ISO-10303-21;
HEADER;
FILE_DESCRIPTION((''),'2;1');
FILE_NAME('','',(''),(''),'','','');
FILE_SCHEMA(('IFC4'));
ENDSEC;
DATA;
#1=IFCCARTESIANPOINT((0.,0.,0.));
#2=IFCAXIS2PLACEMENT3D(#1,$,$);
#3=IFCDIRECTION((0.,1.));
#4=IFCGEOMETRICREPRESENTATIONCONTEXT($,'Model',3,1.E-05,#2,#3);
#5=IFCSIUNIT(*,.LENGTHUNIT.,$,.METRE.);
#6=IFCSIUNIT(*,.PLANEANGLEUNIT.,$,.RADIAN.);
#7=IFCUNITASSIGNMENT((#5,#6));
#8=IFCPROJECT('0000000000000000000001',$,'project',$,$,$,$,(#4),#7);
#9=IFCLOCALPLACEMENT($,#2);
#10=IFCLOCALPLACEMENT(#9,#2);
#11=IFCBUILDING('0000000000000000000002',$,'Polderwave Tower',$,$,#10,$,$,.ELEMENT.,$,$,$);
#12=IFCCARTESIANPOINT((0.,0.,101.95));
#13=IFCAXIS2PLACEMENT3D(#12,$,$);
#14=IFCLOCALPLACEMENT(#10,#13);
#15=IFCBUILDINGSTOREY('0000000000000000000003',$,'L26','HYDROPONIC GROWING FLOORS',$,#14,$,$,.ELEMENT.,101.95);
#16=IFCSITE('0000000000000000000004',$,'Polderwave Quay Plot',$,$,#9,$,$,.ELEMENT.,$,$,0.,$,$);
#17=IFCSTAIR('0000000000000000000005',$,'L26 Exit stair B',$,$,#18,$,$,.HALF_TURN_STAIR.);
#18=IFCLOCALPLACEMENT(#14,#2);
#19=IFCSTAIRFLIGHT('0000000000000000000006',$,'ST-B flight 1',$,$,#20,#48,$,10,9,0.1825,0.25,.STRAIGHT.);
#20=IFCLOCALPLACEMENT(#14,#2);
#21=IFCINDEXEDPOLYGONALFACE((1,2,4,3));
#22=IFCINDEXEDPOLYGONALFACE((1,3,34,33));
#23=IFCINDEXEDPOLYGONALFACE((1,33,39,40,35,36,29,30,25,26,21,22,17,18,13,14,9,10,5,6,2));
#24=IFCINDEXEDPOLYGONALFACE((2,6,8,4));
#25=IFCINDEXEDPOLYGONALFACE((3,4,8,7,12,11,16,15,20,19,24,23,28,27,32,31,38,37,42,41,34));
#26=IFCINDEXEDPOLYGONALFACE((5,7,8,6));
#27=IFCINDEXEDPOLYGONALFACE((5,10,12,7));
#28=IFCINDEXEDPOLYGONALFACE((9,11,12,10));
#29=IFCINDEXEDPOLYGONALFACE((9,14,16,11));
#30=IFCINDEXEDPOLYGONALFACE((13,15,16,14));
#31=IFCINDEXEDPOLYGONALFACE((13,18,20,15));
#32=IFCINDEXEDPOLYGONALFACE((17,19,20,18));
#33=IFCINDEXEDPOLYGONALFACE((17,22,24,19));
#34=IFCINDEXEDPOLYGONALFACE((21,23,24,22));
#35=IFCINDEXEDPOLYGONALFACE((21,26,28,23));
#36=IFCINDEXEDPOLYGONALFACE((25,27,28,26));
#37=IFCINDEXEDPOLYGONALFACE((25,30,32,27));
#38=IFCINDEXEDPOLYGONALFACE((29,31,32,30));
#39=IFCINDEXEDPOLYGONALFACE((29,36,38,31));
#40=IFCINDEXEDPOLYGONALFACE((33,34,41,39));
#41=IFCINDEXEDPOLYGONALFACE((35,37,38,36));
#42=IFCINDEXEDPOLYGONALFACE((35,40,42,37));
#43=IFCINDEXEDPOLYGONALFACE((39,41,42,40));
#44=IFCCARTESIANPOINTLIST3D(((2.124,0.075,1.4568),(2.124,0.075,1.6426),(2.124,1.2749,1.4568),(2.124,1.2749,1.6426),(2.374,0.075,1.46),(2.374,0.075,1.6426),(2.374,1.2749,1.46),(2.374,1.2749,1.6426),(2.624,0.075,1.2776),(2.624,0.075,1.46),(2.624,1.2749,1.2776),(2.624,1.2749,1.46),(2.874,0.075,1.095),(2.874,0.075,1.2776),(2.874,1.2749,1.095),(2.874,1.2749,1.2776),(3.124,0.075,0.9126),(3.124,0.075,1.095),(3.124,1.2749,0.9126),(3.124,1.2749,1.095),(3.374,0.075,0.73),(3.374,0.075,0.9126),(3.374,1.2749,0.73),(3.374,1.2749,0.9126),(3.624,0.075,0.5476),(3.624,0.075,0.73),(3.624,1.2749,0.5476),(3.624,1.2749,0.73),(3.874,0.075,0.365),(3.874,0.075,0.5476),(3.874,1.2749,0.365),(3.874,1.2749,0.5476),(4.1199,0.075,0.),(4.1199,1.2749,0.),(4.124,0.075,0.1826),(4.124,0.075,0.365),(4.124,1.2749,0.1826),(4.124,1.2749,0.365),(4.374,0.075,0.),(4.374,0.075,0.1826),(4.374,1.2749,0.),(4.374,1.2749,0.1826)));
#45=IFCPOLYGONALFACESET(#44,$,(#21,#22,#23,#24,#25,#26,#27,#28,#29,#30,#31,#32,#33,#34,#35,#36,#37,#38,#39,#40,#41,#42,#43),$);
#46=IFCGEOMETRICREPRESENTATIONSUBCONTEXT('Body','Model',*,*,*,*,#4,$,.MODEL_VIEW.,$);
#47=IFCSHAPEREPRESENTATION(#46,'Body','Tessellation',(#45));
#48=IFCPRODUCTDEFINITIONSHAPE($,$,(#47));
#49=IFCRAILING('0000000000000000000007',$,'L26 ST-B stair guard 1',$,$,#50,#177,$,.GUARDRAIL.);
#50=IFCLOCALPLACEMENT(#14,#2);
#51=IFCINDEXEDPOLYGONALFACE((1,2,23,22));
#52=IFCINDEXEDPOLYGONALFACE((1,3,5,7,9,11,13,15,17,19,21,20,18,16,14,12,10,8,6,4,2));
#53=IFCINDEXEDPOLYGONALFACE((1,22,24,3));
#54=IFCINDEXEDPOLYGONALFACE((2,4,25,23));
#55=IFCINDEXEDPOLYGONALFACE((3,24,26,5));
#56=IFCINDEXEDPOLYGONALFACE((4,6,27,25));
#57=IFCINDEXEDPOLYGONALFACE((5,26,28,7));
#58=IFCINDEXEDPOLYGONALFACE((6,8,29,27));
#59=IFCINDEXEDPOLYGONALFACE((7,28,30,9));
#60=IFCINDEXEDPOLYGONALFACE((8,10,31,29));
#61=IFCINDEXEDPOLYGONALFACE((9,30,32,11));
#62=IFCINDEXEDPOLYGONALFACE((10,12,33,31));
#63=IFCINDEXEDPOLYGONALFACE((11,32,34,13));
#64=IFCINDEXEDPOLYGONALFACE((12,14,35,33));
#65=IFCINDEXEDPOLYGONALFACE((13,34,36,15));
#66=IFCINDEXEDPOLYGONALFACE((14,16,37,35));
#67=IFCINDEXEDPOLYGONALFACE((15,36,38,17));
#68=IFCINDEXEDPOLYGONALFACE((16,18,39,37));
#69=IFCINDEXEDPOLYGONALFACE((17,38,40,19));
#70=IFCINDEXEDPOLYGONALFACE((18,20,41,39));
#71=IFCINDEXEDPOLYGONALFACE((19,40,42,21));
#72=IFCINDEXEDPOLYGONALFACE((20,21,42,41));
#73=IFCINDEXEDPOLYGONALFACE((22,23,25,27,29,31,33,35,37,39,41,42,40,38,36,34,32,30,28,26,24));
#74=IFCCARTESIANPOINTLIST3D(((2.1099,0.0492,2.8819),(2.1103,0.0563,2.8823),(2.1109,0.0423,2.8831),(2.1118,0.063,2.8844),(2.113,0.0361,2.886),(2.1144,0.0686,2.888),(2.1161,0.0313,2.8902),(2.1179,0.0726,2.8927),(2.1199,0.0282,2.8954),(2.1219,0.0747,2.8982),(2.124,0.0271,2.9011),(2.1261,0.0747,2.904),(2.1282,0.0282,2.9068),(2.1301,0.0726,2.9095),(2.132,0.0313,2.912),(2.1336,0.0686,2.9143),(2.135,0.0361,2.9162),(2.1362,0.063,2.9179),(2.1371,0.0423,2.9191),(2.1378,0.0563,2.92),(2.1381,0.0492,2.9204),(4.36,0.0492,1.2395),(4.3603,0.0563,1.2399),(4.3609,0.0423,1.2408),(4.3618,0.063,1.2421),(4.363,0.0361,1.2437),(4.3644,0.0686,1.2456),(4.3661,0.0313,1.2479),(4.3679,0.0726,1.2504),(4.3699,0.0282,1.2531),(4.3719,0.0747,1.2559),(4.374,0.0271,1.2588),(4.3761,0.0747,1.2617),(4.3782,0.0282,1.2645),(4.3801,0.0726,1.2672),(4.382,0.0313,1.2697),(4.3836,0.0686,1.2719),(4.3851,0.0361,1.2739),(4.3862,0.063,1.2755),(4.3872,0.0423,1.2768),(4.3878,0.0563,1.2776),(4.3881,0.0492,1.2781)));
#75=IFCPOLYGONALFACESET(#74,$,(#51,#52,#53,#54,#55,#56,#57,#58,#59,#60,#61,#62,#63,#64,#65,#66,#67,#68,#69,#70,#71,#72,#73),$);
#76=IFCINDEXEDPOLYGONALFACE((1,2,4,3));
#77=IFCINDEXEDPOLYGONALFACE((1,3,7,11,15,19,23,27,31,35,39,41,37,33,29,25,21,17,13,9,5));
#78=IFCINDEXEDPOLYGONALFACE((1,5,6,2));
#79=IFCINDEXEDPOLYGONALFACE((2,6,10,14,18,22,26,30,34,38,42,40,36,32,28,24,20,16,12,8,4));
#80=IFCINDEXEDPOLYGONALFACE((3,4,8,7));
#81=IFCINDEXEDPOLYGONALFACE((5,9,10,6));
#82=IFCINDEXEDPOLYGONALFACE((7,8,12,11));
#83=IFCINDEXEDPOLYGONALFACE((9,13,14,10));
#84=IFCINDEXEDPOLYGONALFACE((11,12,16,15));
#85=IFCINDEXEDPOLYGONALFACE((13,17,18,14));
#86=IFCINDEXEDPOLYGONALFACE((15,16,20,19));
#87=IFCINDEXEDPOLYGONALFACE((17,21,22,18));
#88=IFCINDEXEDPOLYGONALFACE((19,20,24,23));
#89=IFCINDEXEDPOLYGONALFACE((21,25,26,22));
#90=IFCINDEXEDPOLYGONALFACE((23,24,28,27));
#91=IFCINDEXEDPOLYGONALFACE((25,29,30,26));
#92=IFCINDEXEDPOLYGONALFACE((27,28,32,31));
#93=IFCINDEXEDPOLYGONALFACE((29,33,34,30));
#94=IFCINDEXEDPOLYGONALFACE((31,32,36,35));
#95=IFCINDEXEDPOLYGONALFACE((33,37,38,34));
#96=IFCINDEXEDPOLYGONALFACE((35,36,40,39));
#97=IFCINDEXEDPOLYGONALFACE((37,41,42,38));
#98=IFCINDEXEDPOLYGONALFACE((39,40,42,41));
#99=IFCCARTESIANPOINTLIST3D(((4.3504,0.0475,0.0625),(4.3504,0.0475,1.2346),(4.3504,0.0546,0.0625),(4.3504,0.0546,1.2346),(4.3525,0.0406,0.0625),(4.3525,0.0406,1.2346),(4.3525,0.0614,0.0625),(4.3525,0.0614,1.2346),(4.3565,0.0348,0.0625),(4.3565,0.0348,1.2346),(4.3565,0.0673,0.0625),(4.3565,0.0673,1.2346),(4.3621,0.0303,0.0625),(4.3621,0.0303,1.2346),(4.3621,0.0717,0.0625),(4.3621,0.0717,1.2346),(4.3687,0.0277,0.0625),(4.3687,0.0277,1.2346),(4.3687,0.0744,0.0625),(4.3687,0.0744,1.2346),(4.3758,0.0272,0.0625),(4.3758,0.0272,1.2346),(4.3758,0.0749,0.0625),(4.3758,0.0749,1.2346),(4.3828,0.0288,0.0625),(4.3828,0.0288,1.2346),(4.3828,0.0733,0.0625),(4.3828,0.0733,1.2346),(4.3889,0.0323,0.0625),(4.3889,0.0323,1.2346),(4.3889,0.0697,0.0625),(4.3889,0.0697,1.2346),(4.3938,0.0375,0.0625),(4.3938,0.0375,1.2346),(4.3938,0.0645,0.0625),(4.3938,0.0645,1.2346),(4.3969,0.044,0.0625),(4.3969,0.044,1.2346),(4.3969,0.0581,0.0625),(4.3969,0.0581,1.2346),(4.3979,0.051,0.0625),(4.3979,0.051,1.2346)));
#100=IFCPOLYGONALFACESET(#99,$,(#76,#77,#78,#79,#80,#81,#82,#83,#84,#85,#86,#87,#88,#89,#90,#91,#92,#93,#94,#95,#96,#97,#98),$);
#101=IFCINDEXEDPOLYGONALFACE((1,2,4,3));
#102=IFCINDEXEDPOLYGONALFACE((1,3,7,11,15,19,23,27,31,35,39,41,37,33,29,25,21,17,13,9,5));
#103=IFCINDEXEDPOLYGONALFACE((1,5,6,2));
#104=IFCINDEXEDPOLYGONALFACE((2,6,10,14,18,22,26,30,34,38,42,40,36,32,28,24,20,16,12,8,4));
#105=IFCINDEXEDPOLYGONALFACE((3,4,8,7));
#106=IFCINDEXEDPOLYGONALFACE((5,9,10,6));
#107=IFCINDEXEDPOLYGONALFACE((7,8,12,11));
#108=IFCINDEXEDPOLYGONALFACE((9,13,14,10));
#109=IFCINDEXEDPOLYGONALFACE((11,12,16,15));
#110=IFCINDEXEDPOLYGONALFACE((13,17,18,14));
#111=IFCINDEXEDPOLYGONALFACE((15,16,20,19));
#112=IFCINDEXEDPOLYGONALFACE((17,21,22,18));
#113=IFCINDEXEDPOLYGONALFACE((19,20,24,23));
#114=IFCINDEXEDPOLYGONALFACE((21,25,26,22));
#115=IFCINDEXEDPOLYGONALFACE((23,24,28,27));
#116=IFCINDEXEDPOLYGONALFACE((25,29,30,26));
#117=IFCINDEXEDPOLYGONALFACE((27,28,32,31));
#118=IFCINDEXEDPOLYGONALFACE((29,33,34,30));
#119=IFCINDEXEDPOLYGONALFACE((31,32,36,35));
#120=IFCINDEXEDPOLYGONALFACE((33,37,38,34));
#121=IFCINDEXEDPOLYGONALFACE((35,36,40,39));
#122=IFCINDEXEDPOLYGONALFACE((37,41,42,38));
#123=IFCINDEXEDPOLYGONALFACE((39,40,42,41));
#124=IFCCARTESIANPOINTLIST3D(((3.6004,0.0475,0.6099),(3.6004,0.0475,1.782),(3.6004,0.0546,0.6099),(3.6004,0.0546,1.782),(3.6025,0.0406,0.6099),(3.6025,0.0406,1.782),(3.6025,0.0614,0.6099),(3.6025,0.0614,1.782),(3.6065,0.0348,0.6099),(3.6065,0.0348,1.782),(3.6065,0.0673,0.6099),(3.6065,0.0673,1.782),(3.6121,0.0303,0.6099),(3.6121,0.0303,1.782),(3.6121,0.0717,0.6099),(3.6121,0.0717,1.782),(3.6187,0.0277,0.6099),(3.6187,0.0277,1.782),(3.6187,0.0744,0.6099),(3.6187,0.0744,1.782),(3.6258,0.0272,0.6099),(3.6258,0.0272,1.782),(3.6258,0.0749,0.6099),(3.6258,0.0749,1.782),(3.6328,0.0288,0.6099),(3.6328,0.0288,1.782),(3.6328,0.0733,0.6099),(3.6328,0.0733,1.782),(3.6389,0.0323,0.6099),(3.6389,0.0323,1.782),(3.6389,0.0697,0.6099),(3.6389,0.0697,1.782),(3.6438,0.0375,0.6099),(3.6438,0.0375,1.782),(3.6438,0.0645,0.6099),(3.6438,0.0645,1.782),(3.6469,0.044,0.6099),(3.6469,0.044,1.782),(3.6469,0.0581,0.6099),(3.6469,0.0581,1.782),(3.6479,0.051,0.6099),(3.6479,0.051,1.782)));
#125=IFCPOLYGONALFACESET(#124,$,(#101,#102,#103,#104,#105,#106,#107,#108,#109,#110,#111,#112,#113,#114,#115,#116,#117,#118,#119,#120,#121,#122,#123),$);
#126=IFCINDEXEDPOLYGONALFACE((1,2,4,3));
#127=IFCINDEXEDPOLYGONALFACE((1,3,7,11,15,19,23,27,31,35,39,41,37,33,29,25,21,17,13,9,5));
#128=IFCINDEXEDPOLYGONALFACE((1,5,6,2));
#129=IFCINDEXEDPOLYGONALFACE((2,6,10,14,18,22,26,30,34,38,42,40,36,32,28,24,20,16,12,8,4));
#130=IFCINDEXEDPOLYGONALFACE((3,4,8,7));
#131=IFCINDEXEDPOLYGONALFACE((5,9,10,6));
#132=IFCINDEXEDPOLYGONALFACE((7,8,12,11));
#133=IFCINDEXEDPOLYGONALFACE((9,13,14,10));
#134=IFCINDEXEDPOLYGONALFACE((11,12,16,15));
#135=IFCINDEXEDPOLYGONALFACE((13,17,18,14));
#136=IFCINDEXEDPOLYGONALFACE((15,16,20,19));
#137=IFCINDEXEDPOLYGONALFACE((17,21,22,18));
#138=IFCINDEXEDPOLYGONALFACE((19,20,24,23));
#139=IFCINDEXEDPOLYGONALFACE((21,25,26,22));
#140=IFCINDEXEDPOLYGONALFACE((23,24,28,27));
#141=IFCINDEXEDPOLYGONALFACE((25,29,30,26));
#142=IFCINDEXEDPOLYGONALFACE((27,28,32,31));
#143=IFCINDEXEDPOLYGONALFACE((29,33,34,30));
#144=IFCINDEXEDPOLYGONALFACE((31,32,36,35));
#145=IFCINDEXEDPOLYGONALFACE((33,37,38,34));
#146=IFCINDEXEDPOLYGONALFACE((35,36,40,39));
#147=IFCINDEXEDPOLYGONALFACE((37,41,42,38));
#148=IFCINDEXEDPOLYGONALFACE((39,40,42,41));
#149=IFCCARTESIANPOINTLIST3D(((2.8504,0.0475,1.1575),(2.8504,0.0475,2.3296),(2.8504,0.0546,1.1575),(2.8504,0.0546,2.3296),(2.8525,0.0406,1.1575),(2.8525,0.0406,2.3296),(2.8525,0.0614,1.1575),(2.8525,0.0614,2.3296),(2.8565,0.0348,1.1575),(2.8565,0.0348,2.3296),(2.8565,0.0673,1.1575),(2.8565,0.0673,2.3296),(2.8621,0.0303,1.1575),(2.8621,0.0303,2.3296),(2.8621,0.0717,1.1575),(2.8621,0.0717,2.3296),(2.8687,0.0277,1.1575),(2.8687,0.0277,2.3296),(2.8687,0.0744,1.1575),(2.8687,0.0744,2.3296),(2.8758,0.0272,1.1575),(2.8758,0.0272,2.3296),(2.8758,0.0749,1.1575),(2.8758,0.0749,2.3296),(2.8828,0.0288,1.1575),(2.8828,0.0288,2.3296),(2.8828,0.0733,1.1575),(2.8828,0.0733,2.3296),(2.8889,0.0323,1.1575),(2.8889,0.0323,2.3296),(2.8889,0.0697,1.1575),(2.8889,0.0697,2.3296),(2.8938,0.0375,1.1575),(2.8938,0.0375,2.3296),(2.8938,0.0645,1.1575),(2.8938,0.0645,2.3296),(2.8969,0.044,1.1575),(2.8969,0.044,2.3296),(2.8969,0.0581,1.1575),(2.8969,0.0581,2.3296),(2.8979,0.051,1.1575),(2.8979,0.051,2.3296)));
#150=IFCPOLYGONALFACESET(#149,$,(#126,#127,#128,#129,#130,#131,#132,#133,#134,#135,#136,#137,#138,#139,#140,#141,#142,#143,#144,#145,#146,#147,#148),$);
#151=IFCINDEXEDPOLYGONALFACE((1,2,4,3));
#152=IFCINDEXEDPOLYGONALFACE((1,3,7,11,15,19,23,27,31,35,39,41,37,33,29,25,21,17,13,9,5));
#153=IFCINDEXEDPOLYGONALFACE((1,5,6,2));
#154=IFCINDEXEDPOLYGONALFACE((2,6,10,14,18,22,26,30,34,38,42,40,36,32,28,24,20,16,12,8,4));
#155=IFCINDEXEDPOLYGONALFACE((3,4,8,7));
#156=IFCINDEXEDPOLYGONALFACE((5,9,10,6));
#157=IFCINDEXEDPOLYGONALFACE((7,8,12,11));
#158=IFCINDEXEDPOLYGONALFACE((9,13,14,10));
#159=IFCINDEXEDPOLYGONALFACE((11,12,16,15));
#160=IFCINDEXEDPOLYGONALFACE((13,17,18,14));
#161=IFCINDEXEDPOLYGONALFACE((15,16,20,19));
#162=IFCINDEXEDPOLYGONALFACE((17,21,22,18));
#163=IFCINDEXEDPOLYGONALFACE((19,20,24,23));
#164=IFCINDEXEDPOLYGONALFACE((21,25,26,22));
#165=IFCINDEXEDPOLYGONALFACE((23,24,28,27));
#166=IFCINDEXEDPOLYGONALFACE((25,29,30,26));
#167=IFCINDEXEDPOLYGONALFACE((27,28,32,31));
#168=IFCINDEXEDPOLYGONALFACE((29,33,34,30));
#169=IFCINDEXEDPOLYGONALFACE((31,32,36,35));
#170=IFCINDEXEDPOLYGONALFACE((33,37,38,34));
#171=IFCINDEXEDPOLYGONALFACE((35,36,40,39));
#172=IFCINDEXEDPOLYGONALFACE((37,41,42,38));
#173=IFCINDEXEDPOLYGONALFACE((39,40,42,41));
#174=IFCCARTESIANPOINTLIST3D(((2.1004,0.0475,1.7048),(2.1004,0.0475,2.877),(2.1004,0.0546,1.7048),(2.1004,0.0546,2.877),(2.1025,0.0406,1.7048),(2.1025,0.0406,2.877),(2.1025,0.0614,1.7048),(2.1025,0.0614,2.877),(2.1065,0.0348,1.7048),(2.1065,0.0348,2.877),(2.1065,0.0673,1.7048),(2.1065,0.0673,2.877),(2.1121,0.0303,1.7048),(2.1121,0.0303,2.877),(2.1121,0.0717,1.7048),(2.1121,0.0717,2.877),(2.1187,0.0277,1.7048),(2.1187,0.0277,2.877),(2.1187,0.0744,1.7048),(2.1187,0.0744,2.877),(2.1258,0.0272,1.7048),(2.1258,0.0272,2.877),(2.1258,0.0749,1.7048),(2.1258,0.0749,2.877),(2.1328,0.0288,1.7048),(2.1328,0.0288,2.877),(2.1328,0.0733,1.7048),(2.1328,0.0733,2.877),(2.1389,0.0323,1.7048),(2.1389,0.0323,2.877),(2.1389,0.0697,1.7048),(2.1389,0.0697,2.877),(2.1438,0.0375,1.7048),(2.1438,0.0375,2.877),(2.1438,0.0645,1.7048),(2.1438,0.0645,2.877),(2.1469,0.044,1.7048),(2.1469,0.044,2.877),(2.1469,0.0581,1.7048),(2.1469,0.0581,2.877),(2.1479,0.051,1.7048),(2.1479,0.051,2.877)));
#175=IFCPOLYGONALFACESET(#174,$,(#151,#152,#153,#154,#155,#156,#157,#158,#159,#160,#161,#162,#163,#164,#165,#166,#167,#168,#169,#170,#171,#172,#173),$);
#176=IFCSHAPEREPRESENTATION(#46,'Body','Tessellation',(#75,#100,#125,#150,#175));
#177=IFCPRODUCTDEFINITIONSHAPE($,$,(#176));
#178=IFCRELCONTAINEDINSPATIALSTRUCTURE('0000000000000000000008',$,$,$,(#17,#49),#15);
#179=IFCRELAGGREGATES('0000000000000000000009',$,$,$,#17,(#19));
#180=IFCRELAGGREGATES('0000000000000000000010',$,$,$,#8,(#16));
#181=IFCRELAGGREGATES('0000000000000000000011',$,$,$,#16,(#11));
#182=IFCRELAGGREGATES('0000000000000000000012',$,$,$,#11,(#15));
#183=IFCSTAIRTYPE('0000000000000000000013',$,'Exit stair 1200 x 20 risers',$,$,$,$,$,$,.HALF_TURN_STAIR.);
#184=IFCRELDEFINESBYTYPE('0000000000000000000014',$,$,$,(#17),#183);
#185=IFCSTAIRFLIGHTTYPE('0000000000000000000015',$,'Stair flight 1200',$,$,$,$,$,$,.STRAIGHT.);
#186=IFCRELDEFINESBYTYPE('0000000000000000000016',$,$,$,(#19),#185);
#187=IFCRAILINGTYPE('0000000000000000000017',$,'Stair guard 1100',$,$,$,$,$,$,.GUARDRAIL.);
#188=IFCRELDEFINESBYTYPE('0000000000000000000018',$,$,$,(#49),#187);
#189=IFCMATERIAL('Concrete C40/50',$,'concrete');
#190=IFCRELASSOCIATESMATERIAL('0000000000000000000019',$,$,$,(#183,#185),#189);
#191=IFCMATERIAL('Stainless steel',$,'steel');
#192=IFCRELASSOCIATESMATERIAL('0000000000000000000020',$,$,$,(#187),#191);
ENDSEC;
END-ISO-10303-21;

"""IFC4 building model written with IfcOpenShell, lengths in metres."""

from ifc_helpers import new_model, si_unit, direction, frame, origin, origin_2d, place, context, subcontext, project, spatial, polyline, circle, outline, extrude, material, type_object, element, aggregate, save


model = new_model("IFC4")

# Units and contexts
model_context = context("Model", 3, precision=1e-05, world=origin(), true_north=direction((0.0, 1.0)))
body_context = subcontext(model_context, "Body", "Model", "MODEL_VIEW")
ifc_project = project(units=[si_unit("LENGTHUNIT", "METRE"), si_unit("PLANEANGLEUNIT", "RADIAN")], contexts=[model_context])

# Site, building, storey
site_placement = place(None, origin())
site = spatial("IfcSite", under=ifc_project, at=site_placement, Name="Polderwave Quay Plot", CompositionType="ELEMENT", RefElevation=0.0)
building_placement = place(site_placement, origin())
building = spatial("IfcBuilding", under=site, at=building_placement, Name="Polderwave Tower", CompositionType="ELEMENT")
storey_placement = place(building_placement, frame((0.0, 0.0, 101.95)))
storey = spatial("IfcBuildingStorey", under=building, at=storey_placement, Name="L26", Description="HYDROPONIC GROWING FLOORS", CompositionType="ELEMENT", Elevation=101.95)

# Stair, stair flight
ifc_material_1 = material(Name="Concrete C40/50", Category="concrete")
stair_type = type_object("IfcStairType", Name="Exit stair 1200 x 20 risers", PredefinedType="HALF_TURN_STAIR", material=ifc_material_1)
stair_placement = place(storey_placement, origin())
stair = element("IfcStair", 1, at=stair_placement, inside=storey, type_object=stair_type, Name="L26 Exit stair B", PredefinedType="HALF_TURN_STAIR")
stair_flight_type = type_object("IfcStairFlightType", Name="Stair flight 1200", PredefinedType="STRAIGHT", material=ifc_material_1)
stair_flight_placement = place(storey_placement, frame((4.374, 0.675, 0.0), z_axis=(0.0, 0.0, 1.0), x_axis=(-1.0, 0.0, 0.0)))
stair_flight = element("IfcStairFlight", 2, at=stair_flight_placement, type_object=stair_flight_type, Name="ST-B flight 1", NumberOfRisers=10, NumberOfTreads=9, PredefinedType="STRAIGHT", RiserHeight=0.1825, TreadLength=0.25, context=body_context, shape_type="SweptSolid", body=[
    extrude(outline(polyline([(0.0, 0.0), (0.0, 0.1826), (0.25, 0.1826), (0.25, 0.365), (0.5, 0.365), (0.5, 0.5476), (0.75, 0.5476), (0.75, 0.73), (1.0, 0.73), (1.0, 0.9126), (1.25, 0.9126), (1.25, 1.095), (1.5, 1.095), (1.5, 1.2776), (1.75, 1.2776), (1.75, 1.46), (2.0, 1.46), (2.0, 1.6426), (2.25, 1.6426), (2.25, 1.825), (2.25, 1.4568), (0.2542, 0.0), (0.0, 0.0)])), frame((0.0, 0.6001, 0.0), z_axis=(0.0, -1.0, 0.0), x_axis=(1.0, 0.0, 0.0)), (0.0, 0.0, 1.0), 1.2),
])
aggregate(stair, [stair_flight])

# Railing
ifc_material_2 = material(Name="Stainless steel", Category="steel")
railing_type_1 = type_object("IfcRailingType", Name="Stair guard 1100", PredefinedType="GUARDRAIL", material=ifc_material_2)
railing_1_placement = place(storey_placement, frame((4.374, 0.051, 0.0625)))
element("IfcRailing", 3, at=railing_1_placement, inside=storey, type_object=railing_type_1, Name="L26 ST-B stair guard 1", PredefinedType="GUARDRAIL", context=body_context, shape_type="SweptSolid", body=[
    extrude(circle(Radius=0.0239, at=origin_2d()), frame((0.0, 0.0, 1.1963), z_axis=(-0.807715, 0.0, 0.589573), x_axis=(0.0, -1.0, 0.0)), (0.0, 0.0, 1.0), 2.7856),
    extrude(circle(Radius=0.0239, at=origin_2d()), origin(), (0.0, 0.0, 1.0), 1.1721),
    extrude(circle(Radius=0.0239, at=origin_2d()), frame((-0.75, 0.0, 0.5474)), (0.0, 0.0, 1.0), 1.1721),
    extrude(circle(Radius=0.0239, at=origin_2d()), frame((-1.5, 0.0, 1.095)), (0.0, 0.0, 1.0), 1.1721),
    extrude(circle(Radius=0.0239, at=origin_2d()), frame((-2.25, 0.0, 1.6423)), (0.0, 0.0, 1.0), 1.1721),
])

save(model, "model.ifc")
